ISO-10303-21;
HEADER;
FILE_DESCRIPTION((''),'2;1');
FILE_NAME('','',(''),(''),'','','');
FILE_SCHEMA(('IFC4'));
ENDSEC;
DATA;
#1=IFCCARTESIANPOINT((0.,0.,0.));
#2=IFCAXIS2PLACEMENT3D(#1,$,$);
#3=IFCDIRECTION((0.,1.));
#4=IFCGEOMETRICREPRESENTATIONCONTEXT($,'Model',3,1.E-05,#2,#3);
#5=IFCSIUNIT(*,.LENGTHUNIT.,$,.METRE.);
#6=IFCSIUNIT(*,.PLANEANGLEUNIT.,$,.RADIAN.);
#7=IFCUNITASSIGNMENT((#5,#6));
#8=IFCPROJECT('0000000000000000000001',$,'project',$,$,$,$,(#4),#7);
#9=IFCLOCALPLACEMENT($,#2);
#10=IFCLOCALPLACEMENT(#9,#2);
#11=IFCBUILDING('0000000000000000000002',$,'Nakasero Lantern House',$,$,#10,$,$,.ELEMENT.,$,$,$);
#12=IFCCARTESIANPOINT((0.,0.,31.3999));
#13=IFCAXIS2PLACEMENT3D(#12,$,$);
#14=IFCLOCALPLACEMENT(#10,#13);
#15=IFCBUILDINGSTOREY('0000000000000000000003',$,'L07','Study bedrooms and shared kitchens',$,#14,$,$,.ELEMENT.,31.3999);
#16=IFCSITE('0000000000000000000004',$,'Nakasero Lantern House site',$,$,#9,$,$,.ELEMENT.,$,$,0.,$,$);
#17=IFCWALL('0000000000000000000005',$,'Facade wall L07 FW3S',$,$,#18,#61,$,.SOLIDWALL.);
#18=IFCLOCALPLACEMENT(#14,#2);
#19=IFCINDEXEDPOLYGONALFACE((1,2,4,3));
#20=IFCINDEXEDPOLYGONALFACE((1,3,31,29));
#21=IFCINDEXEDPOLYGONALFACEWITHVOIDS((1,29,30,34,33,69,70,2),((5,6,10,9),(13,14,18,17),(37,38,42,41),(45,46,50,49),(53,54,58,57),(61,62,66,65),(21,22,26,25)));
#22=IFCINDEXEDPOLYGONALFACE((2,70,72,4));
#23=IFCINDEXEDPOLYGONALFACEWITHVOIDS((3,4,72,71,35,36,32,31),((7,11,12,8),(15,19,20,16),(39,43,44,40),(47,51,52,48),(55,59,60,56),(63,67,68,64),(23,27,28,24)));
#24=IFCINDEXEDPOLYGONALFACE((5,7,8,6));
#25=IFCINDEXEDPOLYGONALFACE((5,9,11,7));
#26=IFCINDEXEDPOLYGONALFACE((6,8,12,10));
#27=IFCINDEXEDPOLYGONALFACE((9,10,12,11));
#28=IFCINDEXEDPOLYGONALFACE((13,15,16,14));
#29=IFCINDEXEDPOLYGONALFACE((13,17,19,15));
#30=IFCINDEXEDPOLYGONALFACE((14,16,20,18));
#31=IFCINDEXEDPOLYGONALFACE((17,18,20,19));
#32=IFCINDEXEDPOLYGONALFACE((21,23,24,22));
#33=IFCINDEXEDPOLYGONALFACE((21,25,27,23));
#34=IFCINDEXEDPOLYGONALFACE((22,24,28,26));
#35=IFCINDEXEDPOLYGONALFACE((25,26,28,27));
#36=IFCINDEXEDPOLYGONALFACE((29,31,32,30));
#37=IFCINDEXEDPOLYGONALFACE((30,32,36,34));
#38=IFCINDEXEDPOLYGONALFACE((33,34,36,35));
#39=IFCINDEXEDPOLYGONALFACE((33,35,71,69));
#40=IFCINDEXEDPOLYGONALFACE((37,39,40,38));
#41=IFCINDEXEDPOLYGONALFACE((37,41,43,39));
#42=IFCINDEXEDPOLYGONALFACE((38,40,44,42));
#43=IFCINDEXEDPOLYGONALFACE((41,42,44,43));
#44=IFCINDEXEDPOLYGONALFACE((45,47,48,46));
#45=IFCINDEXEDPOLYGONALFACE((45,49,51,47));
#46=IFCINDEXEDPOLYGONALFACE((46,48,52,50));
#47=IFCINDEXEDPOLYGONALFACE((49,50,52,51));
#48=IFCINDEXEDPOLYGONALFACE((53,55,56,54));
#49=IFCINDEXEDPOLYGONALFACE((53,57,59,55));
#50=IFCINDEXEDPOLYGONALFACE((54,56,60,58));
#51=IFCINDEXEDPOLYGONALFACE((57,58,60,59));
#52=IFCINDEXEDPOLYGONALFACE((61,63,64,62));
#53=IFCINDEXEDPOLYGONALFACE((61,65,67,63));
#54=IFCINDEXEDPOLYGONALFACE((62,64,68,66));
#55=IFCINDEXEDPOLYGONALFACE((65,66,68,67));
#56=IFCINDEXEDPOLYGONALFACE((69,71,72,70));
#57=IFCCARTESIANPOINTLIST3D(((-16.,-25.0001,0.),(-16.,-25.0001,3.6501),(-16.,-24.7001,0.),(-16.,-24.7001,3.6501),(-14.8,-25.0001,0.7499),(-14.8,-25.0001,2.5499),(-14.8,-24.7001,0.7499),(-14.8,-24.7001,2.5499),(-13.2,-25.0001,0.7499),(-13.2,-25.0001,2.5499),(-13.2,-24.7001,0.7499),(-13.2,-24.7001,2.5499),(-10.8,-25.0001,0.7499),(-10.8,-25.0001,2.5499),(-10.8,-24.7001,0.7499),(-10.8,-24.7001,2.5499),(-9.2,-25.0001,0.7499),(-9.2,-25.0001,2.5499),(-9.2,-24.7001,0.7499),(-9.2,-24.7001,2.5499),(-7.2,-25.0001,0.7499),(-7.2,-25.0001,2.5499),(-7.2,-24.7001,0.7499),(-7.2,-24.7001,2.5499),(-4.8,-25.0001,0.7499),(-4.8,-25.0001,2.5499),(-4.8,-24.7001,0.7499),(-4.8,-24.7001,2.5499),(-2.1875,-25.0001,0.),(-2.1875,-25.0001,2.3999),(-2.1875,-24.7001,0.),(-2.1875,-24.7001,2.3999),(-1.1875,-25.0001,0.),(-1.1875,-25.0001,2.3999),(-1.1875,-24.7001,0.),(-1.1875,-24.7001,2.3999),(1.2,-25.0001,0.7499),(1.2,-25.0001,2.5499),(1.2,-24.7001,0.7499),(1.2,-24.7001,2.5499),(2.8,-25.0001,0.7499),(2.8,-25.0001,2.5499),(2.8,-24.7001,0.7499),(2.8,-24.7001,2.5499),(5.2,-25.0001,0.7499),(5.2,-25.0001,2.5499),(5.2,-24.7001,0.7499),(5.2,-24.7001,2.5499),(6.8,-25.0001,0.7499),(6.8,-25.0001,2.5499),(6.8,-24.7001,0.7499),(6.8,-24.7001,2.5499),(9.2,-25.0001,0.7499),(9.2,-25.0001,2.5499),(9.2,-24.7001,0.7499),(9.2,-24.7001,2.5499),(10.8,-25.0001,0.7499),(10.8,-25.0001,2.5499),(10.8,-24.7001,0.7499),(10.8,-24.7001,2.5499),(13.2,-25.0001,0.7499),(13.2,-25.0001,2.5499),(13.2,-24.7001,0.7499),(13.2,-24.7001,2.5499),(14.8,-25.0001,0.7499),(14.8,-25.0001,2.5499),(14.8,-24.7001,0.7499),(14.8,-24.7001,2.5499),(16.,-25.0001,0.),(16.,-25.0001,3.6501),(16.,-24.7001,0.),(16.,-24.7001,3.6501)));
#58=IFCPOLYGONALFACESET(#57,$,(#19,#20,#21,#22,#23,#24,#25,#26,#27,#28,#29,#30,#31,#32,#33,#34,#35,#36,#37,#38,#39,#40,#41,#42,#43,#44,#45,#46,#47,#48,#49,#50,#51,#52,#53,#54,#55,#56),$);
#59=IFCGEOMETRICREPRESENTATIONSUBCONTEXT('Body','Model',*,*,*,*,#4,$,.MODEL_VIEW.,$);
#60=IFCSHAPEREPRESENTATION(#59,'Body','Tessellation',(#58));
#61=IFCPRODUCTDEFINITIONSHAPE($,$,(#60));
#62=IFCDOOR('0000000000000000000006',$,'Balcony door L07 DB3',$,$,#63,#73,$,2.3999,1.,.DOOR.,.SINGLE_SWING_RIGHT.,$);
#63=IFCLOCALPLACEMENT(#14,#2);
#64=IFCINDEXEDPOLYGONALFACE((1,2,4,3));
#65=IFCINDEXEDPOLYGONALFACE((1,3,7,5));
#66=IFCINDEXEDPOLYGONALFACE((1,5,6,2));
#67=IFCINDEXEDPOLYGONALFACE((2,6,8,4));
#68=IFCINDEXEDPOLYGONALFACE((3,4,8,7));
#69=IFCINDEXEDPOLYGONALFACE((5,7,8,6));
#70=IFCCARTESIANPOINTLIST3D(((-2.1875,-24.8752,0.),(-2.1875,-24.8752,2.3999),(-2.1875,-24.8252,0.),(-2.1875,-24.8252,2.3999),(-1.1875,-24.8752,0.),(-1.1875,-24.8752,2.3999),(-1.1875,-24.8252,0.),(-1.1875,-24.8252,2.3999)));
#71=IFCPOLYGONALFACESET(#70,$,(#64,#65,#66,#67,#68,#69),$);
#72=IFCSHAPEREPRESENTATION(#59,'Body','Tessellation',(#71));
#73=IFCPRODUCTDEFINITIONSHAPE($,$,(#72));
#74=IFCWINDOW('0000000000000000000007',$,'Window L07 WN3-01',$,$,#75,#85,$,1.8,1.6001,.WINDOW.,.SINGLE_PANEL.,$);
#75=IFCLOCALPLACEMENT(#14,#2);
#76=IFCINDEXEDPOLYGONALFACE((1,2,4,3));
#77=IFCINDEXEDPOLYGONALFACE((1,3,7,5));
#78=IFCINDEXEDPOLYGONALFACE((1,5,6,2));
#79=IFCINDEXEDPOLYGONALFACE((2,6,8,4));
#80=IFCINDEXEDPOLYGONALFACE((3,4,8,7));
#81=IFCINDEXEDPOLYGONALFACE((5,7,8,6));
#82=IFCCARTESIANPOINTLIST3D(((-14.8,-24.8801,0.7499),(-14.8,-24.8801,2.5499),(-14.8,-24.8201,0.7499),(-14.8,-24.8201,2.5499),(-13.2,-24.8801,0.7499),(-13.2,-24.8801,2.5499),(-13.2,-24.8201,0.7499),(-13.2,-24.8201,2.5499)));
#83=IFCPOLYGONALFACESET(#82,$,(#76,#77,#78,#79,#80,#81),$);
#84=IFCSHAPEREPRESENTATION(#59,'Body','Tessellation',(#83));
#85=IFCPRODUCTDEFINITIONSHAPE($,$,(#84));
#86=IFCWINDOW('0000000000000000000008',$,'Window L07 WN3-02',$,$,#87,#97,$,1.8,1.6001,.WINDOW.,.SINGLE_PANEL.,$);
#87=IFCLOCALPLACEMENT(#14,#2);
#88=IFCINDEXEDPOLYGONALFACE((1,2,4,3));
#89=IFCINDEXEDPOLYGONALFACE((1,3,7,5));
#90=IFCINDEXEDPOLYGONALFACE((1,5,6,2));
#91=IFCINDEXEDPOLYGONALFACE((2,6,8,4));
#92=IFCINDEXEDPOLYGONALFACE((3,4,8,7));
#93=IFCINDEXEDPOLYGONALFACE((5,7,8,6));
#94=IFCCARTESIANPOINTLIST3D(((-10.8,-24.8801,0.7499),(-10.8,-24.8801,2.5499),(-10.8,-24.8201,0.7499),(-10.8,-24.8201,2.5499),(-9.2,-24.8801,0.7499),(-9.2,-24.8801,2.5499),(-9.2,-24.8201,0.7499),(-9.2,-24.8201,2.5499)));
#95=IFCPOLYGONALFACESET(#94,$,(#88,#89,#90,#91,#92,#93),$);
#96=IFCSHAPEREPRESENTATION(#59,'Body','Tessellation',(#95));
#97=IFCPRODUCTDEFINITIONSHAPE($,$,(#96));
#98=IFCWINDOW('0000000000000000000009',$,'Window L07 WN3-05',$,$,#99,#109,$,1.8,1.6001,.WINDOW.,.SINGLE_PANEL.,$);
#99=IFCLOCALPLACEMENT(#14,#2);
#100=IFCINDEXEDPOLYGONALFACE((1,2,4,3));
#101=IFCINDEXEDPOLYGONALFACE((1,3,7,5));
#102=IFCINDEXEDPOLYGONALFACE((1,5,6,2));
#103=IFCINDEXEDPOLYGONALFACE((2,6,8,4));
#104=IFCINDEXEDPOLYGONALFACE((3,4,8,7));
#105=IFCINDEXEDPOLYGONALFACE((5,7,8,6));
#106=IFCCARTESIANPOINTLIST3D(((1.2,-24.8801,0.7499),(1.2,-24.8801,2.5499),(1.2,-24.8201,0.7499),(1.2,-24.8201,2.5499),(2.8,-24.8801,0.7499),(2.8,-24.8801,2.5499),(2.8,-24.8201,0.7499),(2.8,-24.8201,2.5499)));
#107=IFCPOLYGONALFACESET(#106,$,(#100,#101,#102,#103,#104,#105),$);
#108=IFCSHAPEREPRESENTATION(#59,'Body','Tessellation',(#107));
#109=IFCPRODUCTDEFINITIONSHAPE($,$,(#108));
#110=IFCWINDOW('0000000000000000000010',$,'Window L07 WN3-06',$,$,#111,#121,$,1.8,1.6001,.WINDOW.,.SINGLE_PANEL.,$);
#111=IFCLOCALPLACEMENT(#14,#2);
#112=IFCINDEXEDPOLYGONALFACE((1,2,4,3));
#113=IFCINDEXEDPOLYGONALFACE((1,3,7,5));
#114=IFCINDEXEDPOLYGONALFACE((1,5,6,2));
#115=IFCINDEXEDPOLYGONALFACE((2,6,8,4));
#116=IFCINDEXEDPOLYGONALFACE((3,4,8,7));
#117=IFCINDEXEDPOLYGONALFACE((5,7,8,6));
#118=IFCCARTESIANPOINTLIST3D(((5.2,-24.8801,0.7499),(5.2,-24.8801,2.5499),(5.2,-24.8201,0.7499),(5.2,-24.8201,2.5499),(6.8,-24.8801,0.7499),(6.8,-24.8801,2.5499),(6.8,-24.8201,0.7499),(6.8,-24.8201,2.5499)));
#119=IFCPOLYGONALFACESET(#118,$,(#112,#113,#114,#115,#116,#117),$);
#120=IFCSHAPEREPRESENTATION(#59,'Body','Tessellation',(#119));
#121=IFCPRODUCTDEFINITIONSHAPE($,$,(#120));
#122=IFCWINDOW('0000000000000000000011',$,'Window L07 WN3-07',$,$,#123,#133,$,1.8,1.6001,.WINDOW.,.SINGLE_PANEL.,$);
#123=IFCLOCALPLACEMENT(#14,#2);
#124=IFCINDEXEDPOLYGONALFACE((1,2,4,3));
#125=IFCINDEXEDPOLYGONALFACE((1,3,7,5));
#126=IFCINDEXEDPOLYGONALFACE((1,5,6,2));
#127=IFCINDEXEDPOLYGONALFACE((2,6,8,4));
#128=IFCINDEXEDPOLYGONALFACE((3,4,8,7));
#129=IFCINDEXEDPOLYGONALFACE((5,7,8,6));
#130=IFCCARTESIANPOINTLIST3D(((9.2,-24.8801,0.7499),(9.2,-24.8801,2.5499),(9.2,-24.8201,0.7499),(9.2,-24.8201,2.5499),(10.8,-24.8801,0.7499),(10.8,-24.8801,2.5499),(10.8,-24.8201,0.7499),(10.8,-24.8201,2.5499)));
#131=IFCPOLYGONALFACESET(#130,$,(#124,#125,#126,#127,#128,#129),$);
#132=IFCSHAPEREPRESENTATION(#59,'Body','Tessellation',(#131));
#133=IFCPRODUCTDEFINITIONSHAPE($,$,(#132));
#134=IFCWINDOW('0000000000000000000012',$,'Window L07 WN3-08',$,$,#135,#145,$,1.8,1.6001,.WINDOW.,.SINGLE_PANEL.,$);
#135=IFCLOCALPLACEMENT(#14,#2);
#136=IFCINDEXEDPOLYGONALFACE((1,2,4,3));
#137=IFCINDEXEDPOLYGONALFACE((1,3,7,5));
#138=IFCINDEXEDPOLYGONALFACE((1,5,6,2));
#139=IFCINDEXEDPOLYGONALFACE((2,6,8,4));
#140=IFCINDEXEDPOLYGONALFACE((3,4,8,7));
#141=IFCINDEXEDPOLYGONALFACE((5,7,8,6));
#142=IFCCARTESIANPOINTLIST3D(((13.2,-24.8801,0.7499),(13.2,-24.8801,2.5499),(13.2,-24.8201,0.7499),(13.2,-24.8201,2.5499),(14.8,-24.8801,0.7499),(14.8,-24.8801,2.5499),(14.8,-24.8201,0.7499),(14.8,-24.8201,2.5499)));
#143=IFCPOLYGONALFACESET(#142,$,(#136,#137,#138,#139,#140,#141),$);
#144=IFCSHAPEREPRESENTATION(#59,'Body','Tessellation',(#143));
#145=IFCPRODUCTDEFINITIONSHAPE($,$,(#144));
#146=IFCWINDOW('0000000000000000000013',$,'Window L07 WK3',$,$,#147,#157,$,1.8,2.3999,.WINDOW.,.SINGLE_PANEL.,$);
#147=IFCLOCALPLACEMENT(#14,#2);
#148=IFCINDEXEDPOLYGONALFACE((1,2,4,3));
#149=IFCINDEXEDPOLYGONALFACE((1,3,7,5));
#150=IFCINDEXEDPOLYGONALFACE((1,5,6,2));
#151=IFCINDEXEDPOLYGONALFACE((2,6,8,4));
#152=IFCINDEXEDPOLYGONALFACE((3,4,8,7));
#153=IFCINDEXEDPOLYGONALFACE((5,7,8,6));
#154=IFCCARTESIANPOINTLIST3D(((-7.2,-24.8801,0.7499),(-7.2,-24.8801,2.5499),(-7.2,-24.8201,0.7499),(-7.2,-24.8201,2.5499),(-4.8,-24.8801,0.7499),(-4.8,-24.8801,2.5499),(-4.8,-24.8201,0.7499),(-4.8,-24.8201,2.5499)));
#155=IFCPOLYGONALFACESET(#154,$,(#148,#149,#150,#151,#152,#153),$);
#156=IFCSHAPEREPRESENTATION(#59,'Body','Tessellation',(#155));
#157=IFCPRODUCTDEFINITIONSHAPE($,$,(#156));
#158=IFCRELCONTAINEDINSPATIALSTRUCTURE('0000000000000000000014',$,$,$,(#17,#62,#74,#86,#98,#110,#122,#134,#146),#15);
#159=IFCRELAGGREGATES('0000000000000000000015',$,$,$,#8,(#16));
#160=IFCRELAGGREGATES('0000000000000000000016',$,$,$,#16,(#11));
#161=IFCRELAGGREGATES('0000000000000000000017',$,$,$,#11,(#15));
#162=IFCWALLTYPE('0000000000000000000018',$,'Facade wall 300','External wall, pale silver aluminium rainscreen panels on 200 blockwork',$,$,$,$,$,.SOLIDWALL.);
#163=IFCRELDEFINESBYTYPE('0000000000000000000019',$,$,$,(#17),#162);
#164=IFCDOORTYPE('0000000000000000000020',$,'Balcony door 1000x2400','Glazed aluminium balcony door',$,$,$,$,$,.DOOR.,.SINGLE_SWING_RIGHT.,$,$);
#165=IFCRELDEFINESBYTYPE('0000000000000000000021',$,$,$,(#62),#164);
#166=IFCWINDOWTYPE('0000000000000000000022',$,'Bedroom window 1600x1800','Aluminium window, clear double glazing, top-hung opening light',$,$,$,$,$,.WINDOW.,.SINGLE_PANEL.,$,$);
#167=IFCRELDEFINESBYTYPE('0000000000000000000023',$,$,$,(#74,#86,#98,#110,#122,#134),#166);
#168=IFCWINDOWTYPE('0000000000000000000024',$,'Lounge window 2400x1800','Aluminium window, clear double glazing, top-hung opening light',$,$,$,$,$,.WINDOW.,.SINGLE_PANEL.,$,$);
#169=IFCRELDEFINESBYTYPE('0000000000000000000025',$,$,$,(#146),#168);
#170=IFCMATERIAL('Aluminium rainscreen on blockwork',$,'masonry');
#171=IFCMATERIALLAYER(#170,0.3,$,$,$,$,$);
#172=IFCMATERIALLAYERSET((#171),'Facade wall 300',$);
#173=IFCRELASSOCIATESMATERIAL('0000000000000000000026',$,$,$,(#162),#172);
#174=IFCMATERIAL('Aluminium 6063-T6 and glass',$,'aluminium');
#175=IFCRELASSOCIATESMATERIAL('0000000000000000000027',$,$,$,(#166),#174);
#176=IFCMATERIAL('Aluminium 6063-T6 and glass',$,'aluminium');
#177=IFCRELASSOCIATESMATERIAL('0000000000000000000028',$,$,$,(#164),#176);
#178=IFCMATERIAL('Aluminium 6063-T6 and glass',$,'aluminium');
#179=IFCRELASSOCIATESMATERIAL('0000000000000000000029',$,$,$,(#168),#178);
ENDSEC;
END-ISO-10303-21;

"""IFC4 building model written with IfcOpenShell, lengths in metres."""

from ifc_helpers import new_model, si_unit, direction, frame, frame_2d, origin, place, context, subcontext, project, spatial, rectangle, extrude, material, layer, layer_set, type_object, element, fill, save


model = new_model("IFC4")

# Units and contexts
model_context = context("Model", 3, precision=1e-05, world=origin(), true_north=direction((0.0, 1.0)))
body_context = subcontext(model_context, "Body", "Model", "MODEL_VIEW")
ifc_project = project(units=[si_unit("LENGTHUNIT", "METRE"), si_unit("PLANEANGLEUNIT", "RADIAN")], contexts=[model_context])

# Site, building, storey
site_placement = place(None, origin())
site = spatial("IfcSite", under=ifc_project, at=site_placement, Name="Nakasero Lantern House site", CompositionType="ELEMENT", RefElevation=0.0)
building_placement = place(site_placement, origin())
building = spatial("IfcBuilding", under=site, at=building_placement, Name="Nakasero Lantern House", CompositionType="ELEMENT")
storey_placement = place(building_placement, frame((0.0, 0.0, 31.3999)))
storey = spatial("IfcBuildingStorey", under=building, at=storey_placement, Name="L07", Description="Study bedrooms and shared kitchens", CompositionType="ELEMENT", Elevation=31.3999)

# Shared definitions
ifc_material_1 = material(Name="Aluminium rainscreen on blockwork", Category="masonry")
ifc_layer_1 = layer(ifc_material_1, 0.3)
ifc_layer_set_1 = layer_set([ifc_layer_1], Name="Facade wall 300")
wall_type_1 = type_object("IfcWallType", Name="Facade wall 300", Description="External wall, pale silver aluminium rainscreen panels on 200 blockwork", PredefinedType="SOLIDWALL", material=ifc_layer_set_1)
ifc_material_2 = material(Name="Aluminium 6063-T6 and glass", Category="aluminium")
window_type_1 = type_object("IfcWindowType", Name="Bedroom window 1600x1800", Description="Aluminium window, clear double glazing, top-hung opening light", PartitioningType="SINGLE_PANEL", PredefinedType="WINDOW", material=ifc_material_2)

# Wall, openings, door, windows
wall_1_placement = place(storey_placement, frame((-16.0, -24.8501, 0.0), z_axis=(0.0, 0.0, 1.0), x_axis=(1.0, 0.0, 0.0)))
wall_1 = element("IfcWall", 1, at=wall_1_placement, inside=storey, type_object=wall_type_1, Name="Facade wall L07 FW3S", PredefinedType="SOLIDWALL", context=body_context, shape_type="SweptSolid", body=[
    extrude(rectangle(XDim=32.0, YDim=0.3, at=frame_2d((16.0, 0.0))), origin(), (0.0, 0.0, 1.0), 3.6501),
])
opening_1_placement = place(wall_1_placement, frame((1.2, 0.0, 0.75)))
opening_1 = element("IfcOpeningElement", 2, at=opening_1_placement, cuts=wall_1, PredefinedType="OPENING", context=body_context, shape_type="SweptSolid", body=[
    extrude(rectangle(XDim=1.6001, YDim=1.8, at=frame_2d((0.8, 0.8999))), frame((0.0, 0.1699, 0.0), z_axis=(0.0, -1.0, 0.0), x_axis=(1.0, 0.0, 0.0)), (0.0, 0.0, 1.0), 0.3401),
])
opening_2_placement = place(wall_1_placement, frame((5.2, 0.0, 0.75)))
opening_2 = element("IfcOpeningElement", 3, at=opening_2_placement, cuts=wall_1, PredefinedType="OPENING", context=body_context, shape_type="SweptSolid", body=[
    extrude(rectangle(XDim=1.6001, YDim=1.8, at=frame_2d((0.8, 0.8999))), frame((0.0, 0.1699, 0.0), z_axis=(0.0, -1.0, 0.0), x_axis=(1.0, 0.0, 0.0)), (0.0, 0.0, 1.0), 0.3401),
])
opening_3_placement = place(wall_1_placement, frame((17.2, 0.0, 0.75)))
opening_3 = element("IfcOpeningElement", 4, at=opening_3_placement, cuts=wall_1, PredefinedType="OPENING", context=body_context, shape_type="SweptSolid", body=[
    extrude(rectangle(XDim=1.6001, YDim=1.8, at=frame_2d((0.8, 0.8999))), frame((0.0, 0.1699, 0.0), z_axis=(0.0, -1.0, 0.0), x_axis=(1.0, 0.0, 0.0)), (0.0, 0.0, 1.0), 0.3401),
])
opening_4_placement = place(wall_1_placement, frame((21.2, 0.0, 0.75)))
opening_4 = element("IfcOpeningElement", 5, at=opening_4_placement, cuts=wall_1, PredefinedType="OPENING", context=body_context, shape_type="SweptSolid", body=[
    extrude(rectangle(XDim=1.6001, YDim=1.8, at=frame_2d((0.8, 0.8999))), frame((0.0, 0.1699, 0.0), z_axis=(0.0, -1.0, 0.0), x_axis=(1.0, 0.0, 0.0)), (0.0, 0.0, 1.0), 0.3401),
])
opening_5_placement = place(wall_1_placement, frame((25.2, 0.0, 0.75)))
opening_5 = element("IfcOpeningElement", 6, at=opening_5_placement, cuts=wall_1, PredefinedType="OPENING", context=body_context, shape_type="SweptSolid", body=[
    extrude(rectangle(XDim=1.6001, YDim=1.8, at=frame_2d((0.8, 0.8999))), frame((0.0, 0.1699, 0.0), z_axis=(0.0, -1.0, 0.0), x_axis=(1.0, 0.0, 0.0)), (0.0, 0.0, 1.0), 0.3401),
])
opening_6_placement = place(wall_1_placement, frame((29.2, 0.0, 0.75)))
opening_6 = element("IfcOpeningElement", 7, at=opening_6_placement, cuts=wall_1, PredefinedType="OPENING", context=body_context, shape_type="SweptSolid", body=[
    extrude(rectangle(XDim=1.6001, YDim=1.8, at=frame_2d((0.8, 0.8999))), frame((0.0, 0.1699, 0.0), z_axis=(0.0, -1.0, 0.0), x_axis=(1.0, 0.0, 0.0)), (0.0, 0.0, 1.0), 0.3401),
])
opening_7_placement = place(wall_1_placement, frame((8.8, 0.0, 0.75)))
opening_7 = element("IfcOpeningElement", 8, at=opening_7_placement, cuts=wall_1, PredefinedType="OPENING", context=body_context, shape_type="SweptSolid", body=[
    extrude(rectangle(XDim=2.3999, YDim=1.8, at=frame_2d((1.2, 0.8999))), frame((0.0, 0.1699, 0.0), z_axis=(0.0, -1.0, 0.0), x_axis=(1.0, 0.0, 0.0)), (0.0, 0.0, 1.0), 0.3401),
])
opening_8_placement = place(wall_1_placement, frame((13.8125, 0.0, 0.0)))
opening_8 = element("IfcOpeningElement", 9, at=opening_8_placement, cuts=wall_1, PredefinedType="OPENING", context=body_context, shape_type="SweptSolid", body=[
    extrude(rectangle(XDim=1.0, YDim=2.3999, at=frame_2d((0.5, 1.2))), frame((0.0, 0.1699, 0.0), z_axis=(0.0, -1.0, 0.0), x_axis=(1.0, 0.0, 0.0)), (0.0, 0.0, 1.0), 0.3401),
])
ifc_material_3 = material(Name="Aluminium 6063-T6 and glass", Category="aluminium")
door_type_1 = type_object("IfcDoorType", Name="Balcony door 1000x2400", Description="Glazed aluminium balcony door", OperationType="SINGLE_SWING_RIGHT", PredefinedType="DOOR", material=ifc_material_3)
door_1_placement = place(opening_8_placement, origin())
door_1 = element("IfcDoor", 10, at=door_1_placement, inside=storey, type_object=door_type_1, Name="Balcony door L07 DB3", OperationType="SINGLE_SWING_RIGHT", OverallHeight=2.3999, OverallWidth=1.0, PredefinedType="DOOR", context=body_context, shape_type="SweptSolid", body=[
    extrude(rectangle(XDim=1.0, YDim=2.3999, at=frame_2d((0.5, 1.2))), frame((0.0, 0.0249, 0.0), z_axis=(0.0, -1.0, 0.0), x_axis=(1.0, 0.0, 0.0)), (0.0, 0.0, 1.0), 0.05),
])
fill(opening_8, door_1)
window_1_placement = place(opening_1_placement, origin())
window_1 = element("IfcWindow", 11, at=window_1_placement, inside=storey, type_object=window_type_1, Name="Window L07 WN3-01", OverallHeight=1.8, OverallWidth=1.6001, PartitioningType="SINGLE_PANEL", PredefinedType="WINDOW", context=body_context, shape_type="SweptSolid", body=[
    extrude(rectangle(XDim=1.6001, YDim=1.8, at=frame_2d((0.8, 0.8999))), frame((0.0, 0.03, 0.0), z_axis=(0.0, -1.0, 0.0), x_axis=(1.0, 0.0, 0.0)), (0.0, 0.0, 1.0), 0.0601),
])
fill(opening_1, window_1)
window_2_placement = place(opening_2_placement, origin())
window_2 = element("IfcWindow", 12, at=window_2_placement, inside=storey, type_object=window_type_1, Name="Window L07 WN3-02", OverallHeight=1.8, OverallWidth=1.6001, PartitioningType="SINGLE_PANEL", PredefinedType="WINDOW", context=body_context, shape_type="SweptSolid", body=[
    extrude(rectangle(XDim=1.6001, YDim=1.8, at=frame_2d((0.8, 0.8999))), frame((0.0, 0.03, 0.0), z_axis=(0.0, -1.0, 0.0), x_axis=(1.0, 0.0, 0.0)), (0.0, 0.0, 1.0), 0.0601),
])
fill(opening_2, window_2)
window_3_placement = place(opening_3_placement, origin())
window_3 = element("IfcWindow", 13, at=window_3_placement, inside=storey, type_object=window_type_1, Name="Window L07 WN3-05", OverallHeight=1.8, OverallWidth=1.6001, PartitioningType="SINGLE_PANEL", PredefinedType="WINDOW", context=body_context, shape_type="SweptSolid", body=[
    extrude(rectangle(XDim=1.6001, YDim=1.8, at=frame_2d((0.8, 0.8999))), frame((0.0, 0.03, 0.0), z_axis=(0.0, -1.0, 0.0), x_axis=(1.0, 0.0, 0.0)), (0.0, 0.0, 1.0), 0.0601),
])
fill(opening_3, window_3)
window_4_placement = place(opening_4_placement, origin())
window_4 = element("IfcWindow", 14, at=window_4_placement, inside=storey, type_object=window_type_1, Name="Window L07 WN3-06", OverallHeight=1.8, OverallWidth=1.6001, PartitioningType="SINGLE_PANEL", PredefinedType="WINDOW", context=body_context, shape_type="SweptSolid", body=[
    extrude(rectangle(XDim=1.6001, YDim=1.8, at=frame_2d((0.8, 0.8999))), frame((0.0, 0.03, 0.0), z_axis=(0.0, -1.0, 0.0), x_axis=(1.0, 0.0, 0.0)), (0.0, 0.0, 1.0), 0.0601),
])
fill(opening_4, window_4)
window_5_placement = place(opening_5_placement, origin())
window_5 = element("IfcWindow", 15, at=window_5_placement, inside=storey, type_object=window_type_1, Name="Window L07 WN3-07", OverallHeight=1.8, OverallWidth=1.6001, PartitioningType="SINGLE_PANEL", PredefinedType="WINDOW", context=body_context, shape_type="SweptSolid", body=[
    extrude(rectangle(XDim=1.6001, YDim=1.8, at=frame_2d((0.8, 0.8999))), frame((0.0, 0.03, 0.0), z_axis=(0.0, -1.0, 0.0), x_axis=(1.0, 0.0, 0.0)), (0.0, 0.0, 1.0), 0.0601),
])
fill(opening_5, window_5)
window_6_placement = place(opening_6_placement, origin())
window_6 = element("IfcWindow", 16, at=window_6_placement, inside=storey, type_object=window_type_1, Name="Window L07 WN3-08", OverallHeight=1.8, OverallWidth=1.6001, PartitioningType="SINGLE_PANEL", PredefinedType="WINDOW", context=body_context, shape_type="SweptSolid", body=[
    extrude(rectangle(XDim=1.6001, YDim=1.8, at=frame_2d((0.8, 0.8999))), frame((0.0, 0.03, 0.0), z_axis=(0.0, -1.0, 0.0), x_axis=(1.0, 0.0, 0.0)), (0.0, 0.0, 1.0), 0.0601),
])
fill(opening_6, window_6)
ifc_material_4 = material(Name="Aluminium 6063-T6 and glass", Category="aluminium")
window_type_2 = type_object("IfcWindowType", Name="Lounge window 2400x1800", Description="Aluminium window, clear double glazing, top-hung opening light", PartitioningType="SINGLE_PANEL", PredefinedType="WINDOW", material=ifc_material_4)
window_7_placement = place(opening_7_placement, origin())
window_7 = element("IfcWindow", 17, at=window_7_placement, inside=storey, type_object=window_type_2, Name="Window L07 WK3", OverallHeight=1.8, OverallWidth=2.3999, PartitioningType="SINGLE_PANEL", PredefinedType="WINDOW", context=body_context, shape_type="SweptSolid", body=[
    extrude(rectangle(XDim=2.3999, YDim=1.8, at=frame_2d((1.2, 0.8999))), frame((0.0, 0.03, 0.0), z_axis=(0.0, -1.0, 0.0), x_axis=(1.0, 0.0, 0.0)), (0.0, 0.0, 1.0), 0.0601),
])
fill(opening_7, window_7)

save(model, "model.ifc")
